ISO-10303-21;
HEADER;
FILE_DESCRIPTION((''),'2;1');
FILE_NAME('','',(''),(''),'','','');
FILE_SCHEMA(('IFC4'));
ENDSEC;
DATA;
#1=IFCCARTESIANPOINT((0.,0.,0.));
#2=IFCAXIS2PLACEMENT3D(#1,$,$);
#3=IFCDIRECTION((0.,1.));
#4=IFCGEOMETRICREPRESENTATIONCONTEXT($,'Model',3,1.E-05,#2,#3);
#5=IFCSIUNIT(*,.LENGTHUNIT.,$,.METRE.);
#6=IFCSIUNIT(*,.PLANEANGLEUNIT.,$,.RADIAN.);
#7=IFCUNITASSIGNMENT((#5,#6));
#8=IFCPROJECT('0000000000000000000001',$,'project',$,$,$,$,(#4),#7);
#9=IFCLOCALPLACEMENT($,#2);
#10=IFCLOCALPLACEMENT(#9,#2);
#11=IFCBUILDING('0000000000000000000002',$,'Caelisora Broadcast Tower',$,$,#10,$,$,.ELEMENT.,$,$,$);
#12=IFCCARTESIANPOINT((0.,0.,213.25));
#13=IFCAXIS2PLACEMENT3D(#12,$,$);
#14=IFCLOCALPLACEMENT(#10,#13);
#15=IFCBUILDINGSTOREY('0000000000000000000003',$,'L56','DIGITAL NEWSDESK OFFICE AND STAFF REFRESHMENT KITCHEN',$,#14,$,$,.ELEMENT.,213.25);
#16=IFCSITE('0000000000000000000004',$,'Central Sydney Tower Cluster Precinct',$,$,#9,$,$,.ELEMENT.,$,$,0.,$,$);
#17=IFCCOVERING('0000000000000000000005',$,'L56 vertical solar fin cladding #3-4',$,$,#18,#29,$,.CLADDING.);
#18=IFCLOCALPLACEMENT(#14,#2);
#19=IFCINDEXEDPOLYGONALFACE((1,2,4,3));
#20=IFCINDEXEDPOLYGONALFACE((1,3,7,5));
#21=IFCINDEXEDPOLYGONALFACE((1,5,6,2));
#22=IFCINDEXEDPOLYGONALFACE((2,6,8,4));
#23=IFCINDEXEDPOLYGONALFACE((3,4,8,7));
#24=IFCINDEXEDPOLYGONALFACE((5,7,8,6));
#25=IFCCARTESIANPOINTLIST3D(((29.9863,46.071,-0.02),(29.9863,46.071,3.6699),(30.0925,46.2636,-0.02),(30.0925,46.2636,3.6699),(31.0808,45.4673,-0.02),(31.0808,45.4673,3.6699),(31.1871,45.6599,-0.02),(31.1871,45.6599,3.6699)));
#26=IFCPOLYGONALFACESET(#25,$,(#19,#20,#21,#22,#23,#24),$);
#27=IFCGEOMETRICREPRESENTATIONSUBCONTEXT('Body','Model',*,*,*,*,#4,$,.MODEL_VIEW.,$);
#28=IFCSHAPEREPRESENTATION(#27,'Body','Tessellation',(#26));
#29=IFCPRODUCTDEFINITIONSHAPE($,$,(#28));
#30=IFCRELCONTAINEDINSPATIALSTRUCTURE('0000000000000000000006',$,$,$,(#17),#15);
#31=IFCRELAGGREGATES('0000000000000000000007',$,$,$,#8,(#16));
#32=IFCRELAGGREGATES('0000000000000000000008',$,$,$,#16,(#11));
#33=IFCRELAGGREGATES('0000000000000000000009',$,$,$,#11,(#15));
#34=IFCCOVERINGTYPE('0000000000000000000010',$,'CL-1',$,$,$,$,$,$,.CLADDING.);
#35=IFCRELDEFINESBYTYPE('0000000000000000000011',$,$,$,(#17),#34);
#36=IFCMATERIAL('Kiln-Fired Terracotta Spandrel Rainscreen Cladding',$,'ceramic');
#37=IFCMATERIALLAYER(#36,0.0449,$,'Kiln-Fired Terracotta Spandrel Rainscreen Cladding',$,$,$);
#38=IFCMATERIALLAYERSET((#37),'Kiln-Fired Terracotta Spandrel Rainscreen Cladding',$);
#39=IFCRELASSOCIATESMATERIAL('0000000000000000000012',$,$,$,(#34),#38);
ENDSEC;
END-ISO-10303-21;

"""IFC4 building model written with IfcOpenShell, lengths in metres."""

from ifc_helpers import new_model, si_unit, direction, frame, origin, origin_2d, place, context, subcontext, project, spatial, rectangle, extrude, source, transform, mapped, material, layer, layer_set, type_object, type_shapes, element, save


model = new_model("IFC4")

# Units and contexts
model_context = context("Model", 3, precision=1e-05, world=origin(), true_north=direction((0.0, 1.0)))
body_context = subcontext(model_context, "Body", "Model", "MODEL_VIEW")
ifc_project = project(units=[si_unit("LENGTHUNIT", "METRE"), si_unit("PLANEANGLEUNIT", "RADIAN")], contexts=[model_context])

# Site, building, storey
site_placement = place(None, origin())
site = spatial("IfcSite", under=ifc_project, at=site_placement, Name="Central Sydney Tower Cluster Precinct", CompositionType="ELEMENT", RefElevation=0.0)
building_placement = place(site_placement, origin())
building = spatial("IfcBuilding", under=site, at=building_placement, Name="Caelisora Broadcast Tower", CompositionType="ELEMENT")
storey_placement = place(building_placement, frame((0.0, 0.0, 213.25)))
storey = spatial("IfcBuildingStorey", under=building, at=storey_placement, Name="L56", Description="DIGITAL NEWSDESK OFFICE AND STAFF REFRESHMENT KITCHEN", CompositionType="ELEMENT", Elevation=213.25)

# Covering
ifc_material_1 = material(Name="Kiln-Fired Terracotta Spandrel Rainscreen Cladding", Category="ceramic")
ifc_layer_1 = layer(ifc_material_1, 0.0449, Name="Kiln-Fired Terracotta Spandrel Rainscreen Cladding")
ifc_layer_set_1 = layer_set([ifc_layer_1], Name="Kiln-Fired Terracotta Spandrel Rainscreen Cladding")
covering_type = type_object("IfcCoveringType", Name="CL-1", PredefinedType="CLADDING", material=ifc_layer_set_1)
shared_shape_1 = source(origin(), body_context, "Body", "SweptSolid", [
    extrude(rectangle(XDim=0.22, YDim=1.25, at=origin_2d()), origin(), (0.0, 0.0, 1.0), 3.6899),
])
type_shapes(covering_type, [shared_shape_1])
for number, where, z_axis, x_axis, name in (
    (1, (30.5867, 45.8655, -0.02), (0.0, 0.0, 1.0), (0.482977, 0.875633, 0.0), "L56 vertical solar fin cladding #3-4"),
):
    element("IfcCovering", number, at=place(storey_placement, frame(where, z_axis=z_axis, x_axis=x_axis)), inside=storey, type_object=covering_type, Name=name, PredefinedType="CLADDING", context=body_context, shape_type="MappedRepresentation", body=[
        mapped(shared_shape_1, transform((0.0, 0.0, 0.0), scale=1.0)),
    ])

save(model, "model.ifc")
